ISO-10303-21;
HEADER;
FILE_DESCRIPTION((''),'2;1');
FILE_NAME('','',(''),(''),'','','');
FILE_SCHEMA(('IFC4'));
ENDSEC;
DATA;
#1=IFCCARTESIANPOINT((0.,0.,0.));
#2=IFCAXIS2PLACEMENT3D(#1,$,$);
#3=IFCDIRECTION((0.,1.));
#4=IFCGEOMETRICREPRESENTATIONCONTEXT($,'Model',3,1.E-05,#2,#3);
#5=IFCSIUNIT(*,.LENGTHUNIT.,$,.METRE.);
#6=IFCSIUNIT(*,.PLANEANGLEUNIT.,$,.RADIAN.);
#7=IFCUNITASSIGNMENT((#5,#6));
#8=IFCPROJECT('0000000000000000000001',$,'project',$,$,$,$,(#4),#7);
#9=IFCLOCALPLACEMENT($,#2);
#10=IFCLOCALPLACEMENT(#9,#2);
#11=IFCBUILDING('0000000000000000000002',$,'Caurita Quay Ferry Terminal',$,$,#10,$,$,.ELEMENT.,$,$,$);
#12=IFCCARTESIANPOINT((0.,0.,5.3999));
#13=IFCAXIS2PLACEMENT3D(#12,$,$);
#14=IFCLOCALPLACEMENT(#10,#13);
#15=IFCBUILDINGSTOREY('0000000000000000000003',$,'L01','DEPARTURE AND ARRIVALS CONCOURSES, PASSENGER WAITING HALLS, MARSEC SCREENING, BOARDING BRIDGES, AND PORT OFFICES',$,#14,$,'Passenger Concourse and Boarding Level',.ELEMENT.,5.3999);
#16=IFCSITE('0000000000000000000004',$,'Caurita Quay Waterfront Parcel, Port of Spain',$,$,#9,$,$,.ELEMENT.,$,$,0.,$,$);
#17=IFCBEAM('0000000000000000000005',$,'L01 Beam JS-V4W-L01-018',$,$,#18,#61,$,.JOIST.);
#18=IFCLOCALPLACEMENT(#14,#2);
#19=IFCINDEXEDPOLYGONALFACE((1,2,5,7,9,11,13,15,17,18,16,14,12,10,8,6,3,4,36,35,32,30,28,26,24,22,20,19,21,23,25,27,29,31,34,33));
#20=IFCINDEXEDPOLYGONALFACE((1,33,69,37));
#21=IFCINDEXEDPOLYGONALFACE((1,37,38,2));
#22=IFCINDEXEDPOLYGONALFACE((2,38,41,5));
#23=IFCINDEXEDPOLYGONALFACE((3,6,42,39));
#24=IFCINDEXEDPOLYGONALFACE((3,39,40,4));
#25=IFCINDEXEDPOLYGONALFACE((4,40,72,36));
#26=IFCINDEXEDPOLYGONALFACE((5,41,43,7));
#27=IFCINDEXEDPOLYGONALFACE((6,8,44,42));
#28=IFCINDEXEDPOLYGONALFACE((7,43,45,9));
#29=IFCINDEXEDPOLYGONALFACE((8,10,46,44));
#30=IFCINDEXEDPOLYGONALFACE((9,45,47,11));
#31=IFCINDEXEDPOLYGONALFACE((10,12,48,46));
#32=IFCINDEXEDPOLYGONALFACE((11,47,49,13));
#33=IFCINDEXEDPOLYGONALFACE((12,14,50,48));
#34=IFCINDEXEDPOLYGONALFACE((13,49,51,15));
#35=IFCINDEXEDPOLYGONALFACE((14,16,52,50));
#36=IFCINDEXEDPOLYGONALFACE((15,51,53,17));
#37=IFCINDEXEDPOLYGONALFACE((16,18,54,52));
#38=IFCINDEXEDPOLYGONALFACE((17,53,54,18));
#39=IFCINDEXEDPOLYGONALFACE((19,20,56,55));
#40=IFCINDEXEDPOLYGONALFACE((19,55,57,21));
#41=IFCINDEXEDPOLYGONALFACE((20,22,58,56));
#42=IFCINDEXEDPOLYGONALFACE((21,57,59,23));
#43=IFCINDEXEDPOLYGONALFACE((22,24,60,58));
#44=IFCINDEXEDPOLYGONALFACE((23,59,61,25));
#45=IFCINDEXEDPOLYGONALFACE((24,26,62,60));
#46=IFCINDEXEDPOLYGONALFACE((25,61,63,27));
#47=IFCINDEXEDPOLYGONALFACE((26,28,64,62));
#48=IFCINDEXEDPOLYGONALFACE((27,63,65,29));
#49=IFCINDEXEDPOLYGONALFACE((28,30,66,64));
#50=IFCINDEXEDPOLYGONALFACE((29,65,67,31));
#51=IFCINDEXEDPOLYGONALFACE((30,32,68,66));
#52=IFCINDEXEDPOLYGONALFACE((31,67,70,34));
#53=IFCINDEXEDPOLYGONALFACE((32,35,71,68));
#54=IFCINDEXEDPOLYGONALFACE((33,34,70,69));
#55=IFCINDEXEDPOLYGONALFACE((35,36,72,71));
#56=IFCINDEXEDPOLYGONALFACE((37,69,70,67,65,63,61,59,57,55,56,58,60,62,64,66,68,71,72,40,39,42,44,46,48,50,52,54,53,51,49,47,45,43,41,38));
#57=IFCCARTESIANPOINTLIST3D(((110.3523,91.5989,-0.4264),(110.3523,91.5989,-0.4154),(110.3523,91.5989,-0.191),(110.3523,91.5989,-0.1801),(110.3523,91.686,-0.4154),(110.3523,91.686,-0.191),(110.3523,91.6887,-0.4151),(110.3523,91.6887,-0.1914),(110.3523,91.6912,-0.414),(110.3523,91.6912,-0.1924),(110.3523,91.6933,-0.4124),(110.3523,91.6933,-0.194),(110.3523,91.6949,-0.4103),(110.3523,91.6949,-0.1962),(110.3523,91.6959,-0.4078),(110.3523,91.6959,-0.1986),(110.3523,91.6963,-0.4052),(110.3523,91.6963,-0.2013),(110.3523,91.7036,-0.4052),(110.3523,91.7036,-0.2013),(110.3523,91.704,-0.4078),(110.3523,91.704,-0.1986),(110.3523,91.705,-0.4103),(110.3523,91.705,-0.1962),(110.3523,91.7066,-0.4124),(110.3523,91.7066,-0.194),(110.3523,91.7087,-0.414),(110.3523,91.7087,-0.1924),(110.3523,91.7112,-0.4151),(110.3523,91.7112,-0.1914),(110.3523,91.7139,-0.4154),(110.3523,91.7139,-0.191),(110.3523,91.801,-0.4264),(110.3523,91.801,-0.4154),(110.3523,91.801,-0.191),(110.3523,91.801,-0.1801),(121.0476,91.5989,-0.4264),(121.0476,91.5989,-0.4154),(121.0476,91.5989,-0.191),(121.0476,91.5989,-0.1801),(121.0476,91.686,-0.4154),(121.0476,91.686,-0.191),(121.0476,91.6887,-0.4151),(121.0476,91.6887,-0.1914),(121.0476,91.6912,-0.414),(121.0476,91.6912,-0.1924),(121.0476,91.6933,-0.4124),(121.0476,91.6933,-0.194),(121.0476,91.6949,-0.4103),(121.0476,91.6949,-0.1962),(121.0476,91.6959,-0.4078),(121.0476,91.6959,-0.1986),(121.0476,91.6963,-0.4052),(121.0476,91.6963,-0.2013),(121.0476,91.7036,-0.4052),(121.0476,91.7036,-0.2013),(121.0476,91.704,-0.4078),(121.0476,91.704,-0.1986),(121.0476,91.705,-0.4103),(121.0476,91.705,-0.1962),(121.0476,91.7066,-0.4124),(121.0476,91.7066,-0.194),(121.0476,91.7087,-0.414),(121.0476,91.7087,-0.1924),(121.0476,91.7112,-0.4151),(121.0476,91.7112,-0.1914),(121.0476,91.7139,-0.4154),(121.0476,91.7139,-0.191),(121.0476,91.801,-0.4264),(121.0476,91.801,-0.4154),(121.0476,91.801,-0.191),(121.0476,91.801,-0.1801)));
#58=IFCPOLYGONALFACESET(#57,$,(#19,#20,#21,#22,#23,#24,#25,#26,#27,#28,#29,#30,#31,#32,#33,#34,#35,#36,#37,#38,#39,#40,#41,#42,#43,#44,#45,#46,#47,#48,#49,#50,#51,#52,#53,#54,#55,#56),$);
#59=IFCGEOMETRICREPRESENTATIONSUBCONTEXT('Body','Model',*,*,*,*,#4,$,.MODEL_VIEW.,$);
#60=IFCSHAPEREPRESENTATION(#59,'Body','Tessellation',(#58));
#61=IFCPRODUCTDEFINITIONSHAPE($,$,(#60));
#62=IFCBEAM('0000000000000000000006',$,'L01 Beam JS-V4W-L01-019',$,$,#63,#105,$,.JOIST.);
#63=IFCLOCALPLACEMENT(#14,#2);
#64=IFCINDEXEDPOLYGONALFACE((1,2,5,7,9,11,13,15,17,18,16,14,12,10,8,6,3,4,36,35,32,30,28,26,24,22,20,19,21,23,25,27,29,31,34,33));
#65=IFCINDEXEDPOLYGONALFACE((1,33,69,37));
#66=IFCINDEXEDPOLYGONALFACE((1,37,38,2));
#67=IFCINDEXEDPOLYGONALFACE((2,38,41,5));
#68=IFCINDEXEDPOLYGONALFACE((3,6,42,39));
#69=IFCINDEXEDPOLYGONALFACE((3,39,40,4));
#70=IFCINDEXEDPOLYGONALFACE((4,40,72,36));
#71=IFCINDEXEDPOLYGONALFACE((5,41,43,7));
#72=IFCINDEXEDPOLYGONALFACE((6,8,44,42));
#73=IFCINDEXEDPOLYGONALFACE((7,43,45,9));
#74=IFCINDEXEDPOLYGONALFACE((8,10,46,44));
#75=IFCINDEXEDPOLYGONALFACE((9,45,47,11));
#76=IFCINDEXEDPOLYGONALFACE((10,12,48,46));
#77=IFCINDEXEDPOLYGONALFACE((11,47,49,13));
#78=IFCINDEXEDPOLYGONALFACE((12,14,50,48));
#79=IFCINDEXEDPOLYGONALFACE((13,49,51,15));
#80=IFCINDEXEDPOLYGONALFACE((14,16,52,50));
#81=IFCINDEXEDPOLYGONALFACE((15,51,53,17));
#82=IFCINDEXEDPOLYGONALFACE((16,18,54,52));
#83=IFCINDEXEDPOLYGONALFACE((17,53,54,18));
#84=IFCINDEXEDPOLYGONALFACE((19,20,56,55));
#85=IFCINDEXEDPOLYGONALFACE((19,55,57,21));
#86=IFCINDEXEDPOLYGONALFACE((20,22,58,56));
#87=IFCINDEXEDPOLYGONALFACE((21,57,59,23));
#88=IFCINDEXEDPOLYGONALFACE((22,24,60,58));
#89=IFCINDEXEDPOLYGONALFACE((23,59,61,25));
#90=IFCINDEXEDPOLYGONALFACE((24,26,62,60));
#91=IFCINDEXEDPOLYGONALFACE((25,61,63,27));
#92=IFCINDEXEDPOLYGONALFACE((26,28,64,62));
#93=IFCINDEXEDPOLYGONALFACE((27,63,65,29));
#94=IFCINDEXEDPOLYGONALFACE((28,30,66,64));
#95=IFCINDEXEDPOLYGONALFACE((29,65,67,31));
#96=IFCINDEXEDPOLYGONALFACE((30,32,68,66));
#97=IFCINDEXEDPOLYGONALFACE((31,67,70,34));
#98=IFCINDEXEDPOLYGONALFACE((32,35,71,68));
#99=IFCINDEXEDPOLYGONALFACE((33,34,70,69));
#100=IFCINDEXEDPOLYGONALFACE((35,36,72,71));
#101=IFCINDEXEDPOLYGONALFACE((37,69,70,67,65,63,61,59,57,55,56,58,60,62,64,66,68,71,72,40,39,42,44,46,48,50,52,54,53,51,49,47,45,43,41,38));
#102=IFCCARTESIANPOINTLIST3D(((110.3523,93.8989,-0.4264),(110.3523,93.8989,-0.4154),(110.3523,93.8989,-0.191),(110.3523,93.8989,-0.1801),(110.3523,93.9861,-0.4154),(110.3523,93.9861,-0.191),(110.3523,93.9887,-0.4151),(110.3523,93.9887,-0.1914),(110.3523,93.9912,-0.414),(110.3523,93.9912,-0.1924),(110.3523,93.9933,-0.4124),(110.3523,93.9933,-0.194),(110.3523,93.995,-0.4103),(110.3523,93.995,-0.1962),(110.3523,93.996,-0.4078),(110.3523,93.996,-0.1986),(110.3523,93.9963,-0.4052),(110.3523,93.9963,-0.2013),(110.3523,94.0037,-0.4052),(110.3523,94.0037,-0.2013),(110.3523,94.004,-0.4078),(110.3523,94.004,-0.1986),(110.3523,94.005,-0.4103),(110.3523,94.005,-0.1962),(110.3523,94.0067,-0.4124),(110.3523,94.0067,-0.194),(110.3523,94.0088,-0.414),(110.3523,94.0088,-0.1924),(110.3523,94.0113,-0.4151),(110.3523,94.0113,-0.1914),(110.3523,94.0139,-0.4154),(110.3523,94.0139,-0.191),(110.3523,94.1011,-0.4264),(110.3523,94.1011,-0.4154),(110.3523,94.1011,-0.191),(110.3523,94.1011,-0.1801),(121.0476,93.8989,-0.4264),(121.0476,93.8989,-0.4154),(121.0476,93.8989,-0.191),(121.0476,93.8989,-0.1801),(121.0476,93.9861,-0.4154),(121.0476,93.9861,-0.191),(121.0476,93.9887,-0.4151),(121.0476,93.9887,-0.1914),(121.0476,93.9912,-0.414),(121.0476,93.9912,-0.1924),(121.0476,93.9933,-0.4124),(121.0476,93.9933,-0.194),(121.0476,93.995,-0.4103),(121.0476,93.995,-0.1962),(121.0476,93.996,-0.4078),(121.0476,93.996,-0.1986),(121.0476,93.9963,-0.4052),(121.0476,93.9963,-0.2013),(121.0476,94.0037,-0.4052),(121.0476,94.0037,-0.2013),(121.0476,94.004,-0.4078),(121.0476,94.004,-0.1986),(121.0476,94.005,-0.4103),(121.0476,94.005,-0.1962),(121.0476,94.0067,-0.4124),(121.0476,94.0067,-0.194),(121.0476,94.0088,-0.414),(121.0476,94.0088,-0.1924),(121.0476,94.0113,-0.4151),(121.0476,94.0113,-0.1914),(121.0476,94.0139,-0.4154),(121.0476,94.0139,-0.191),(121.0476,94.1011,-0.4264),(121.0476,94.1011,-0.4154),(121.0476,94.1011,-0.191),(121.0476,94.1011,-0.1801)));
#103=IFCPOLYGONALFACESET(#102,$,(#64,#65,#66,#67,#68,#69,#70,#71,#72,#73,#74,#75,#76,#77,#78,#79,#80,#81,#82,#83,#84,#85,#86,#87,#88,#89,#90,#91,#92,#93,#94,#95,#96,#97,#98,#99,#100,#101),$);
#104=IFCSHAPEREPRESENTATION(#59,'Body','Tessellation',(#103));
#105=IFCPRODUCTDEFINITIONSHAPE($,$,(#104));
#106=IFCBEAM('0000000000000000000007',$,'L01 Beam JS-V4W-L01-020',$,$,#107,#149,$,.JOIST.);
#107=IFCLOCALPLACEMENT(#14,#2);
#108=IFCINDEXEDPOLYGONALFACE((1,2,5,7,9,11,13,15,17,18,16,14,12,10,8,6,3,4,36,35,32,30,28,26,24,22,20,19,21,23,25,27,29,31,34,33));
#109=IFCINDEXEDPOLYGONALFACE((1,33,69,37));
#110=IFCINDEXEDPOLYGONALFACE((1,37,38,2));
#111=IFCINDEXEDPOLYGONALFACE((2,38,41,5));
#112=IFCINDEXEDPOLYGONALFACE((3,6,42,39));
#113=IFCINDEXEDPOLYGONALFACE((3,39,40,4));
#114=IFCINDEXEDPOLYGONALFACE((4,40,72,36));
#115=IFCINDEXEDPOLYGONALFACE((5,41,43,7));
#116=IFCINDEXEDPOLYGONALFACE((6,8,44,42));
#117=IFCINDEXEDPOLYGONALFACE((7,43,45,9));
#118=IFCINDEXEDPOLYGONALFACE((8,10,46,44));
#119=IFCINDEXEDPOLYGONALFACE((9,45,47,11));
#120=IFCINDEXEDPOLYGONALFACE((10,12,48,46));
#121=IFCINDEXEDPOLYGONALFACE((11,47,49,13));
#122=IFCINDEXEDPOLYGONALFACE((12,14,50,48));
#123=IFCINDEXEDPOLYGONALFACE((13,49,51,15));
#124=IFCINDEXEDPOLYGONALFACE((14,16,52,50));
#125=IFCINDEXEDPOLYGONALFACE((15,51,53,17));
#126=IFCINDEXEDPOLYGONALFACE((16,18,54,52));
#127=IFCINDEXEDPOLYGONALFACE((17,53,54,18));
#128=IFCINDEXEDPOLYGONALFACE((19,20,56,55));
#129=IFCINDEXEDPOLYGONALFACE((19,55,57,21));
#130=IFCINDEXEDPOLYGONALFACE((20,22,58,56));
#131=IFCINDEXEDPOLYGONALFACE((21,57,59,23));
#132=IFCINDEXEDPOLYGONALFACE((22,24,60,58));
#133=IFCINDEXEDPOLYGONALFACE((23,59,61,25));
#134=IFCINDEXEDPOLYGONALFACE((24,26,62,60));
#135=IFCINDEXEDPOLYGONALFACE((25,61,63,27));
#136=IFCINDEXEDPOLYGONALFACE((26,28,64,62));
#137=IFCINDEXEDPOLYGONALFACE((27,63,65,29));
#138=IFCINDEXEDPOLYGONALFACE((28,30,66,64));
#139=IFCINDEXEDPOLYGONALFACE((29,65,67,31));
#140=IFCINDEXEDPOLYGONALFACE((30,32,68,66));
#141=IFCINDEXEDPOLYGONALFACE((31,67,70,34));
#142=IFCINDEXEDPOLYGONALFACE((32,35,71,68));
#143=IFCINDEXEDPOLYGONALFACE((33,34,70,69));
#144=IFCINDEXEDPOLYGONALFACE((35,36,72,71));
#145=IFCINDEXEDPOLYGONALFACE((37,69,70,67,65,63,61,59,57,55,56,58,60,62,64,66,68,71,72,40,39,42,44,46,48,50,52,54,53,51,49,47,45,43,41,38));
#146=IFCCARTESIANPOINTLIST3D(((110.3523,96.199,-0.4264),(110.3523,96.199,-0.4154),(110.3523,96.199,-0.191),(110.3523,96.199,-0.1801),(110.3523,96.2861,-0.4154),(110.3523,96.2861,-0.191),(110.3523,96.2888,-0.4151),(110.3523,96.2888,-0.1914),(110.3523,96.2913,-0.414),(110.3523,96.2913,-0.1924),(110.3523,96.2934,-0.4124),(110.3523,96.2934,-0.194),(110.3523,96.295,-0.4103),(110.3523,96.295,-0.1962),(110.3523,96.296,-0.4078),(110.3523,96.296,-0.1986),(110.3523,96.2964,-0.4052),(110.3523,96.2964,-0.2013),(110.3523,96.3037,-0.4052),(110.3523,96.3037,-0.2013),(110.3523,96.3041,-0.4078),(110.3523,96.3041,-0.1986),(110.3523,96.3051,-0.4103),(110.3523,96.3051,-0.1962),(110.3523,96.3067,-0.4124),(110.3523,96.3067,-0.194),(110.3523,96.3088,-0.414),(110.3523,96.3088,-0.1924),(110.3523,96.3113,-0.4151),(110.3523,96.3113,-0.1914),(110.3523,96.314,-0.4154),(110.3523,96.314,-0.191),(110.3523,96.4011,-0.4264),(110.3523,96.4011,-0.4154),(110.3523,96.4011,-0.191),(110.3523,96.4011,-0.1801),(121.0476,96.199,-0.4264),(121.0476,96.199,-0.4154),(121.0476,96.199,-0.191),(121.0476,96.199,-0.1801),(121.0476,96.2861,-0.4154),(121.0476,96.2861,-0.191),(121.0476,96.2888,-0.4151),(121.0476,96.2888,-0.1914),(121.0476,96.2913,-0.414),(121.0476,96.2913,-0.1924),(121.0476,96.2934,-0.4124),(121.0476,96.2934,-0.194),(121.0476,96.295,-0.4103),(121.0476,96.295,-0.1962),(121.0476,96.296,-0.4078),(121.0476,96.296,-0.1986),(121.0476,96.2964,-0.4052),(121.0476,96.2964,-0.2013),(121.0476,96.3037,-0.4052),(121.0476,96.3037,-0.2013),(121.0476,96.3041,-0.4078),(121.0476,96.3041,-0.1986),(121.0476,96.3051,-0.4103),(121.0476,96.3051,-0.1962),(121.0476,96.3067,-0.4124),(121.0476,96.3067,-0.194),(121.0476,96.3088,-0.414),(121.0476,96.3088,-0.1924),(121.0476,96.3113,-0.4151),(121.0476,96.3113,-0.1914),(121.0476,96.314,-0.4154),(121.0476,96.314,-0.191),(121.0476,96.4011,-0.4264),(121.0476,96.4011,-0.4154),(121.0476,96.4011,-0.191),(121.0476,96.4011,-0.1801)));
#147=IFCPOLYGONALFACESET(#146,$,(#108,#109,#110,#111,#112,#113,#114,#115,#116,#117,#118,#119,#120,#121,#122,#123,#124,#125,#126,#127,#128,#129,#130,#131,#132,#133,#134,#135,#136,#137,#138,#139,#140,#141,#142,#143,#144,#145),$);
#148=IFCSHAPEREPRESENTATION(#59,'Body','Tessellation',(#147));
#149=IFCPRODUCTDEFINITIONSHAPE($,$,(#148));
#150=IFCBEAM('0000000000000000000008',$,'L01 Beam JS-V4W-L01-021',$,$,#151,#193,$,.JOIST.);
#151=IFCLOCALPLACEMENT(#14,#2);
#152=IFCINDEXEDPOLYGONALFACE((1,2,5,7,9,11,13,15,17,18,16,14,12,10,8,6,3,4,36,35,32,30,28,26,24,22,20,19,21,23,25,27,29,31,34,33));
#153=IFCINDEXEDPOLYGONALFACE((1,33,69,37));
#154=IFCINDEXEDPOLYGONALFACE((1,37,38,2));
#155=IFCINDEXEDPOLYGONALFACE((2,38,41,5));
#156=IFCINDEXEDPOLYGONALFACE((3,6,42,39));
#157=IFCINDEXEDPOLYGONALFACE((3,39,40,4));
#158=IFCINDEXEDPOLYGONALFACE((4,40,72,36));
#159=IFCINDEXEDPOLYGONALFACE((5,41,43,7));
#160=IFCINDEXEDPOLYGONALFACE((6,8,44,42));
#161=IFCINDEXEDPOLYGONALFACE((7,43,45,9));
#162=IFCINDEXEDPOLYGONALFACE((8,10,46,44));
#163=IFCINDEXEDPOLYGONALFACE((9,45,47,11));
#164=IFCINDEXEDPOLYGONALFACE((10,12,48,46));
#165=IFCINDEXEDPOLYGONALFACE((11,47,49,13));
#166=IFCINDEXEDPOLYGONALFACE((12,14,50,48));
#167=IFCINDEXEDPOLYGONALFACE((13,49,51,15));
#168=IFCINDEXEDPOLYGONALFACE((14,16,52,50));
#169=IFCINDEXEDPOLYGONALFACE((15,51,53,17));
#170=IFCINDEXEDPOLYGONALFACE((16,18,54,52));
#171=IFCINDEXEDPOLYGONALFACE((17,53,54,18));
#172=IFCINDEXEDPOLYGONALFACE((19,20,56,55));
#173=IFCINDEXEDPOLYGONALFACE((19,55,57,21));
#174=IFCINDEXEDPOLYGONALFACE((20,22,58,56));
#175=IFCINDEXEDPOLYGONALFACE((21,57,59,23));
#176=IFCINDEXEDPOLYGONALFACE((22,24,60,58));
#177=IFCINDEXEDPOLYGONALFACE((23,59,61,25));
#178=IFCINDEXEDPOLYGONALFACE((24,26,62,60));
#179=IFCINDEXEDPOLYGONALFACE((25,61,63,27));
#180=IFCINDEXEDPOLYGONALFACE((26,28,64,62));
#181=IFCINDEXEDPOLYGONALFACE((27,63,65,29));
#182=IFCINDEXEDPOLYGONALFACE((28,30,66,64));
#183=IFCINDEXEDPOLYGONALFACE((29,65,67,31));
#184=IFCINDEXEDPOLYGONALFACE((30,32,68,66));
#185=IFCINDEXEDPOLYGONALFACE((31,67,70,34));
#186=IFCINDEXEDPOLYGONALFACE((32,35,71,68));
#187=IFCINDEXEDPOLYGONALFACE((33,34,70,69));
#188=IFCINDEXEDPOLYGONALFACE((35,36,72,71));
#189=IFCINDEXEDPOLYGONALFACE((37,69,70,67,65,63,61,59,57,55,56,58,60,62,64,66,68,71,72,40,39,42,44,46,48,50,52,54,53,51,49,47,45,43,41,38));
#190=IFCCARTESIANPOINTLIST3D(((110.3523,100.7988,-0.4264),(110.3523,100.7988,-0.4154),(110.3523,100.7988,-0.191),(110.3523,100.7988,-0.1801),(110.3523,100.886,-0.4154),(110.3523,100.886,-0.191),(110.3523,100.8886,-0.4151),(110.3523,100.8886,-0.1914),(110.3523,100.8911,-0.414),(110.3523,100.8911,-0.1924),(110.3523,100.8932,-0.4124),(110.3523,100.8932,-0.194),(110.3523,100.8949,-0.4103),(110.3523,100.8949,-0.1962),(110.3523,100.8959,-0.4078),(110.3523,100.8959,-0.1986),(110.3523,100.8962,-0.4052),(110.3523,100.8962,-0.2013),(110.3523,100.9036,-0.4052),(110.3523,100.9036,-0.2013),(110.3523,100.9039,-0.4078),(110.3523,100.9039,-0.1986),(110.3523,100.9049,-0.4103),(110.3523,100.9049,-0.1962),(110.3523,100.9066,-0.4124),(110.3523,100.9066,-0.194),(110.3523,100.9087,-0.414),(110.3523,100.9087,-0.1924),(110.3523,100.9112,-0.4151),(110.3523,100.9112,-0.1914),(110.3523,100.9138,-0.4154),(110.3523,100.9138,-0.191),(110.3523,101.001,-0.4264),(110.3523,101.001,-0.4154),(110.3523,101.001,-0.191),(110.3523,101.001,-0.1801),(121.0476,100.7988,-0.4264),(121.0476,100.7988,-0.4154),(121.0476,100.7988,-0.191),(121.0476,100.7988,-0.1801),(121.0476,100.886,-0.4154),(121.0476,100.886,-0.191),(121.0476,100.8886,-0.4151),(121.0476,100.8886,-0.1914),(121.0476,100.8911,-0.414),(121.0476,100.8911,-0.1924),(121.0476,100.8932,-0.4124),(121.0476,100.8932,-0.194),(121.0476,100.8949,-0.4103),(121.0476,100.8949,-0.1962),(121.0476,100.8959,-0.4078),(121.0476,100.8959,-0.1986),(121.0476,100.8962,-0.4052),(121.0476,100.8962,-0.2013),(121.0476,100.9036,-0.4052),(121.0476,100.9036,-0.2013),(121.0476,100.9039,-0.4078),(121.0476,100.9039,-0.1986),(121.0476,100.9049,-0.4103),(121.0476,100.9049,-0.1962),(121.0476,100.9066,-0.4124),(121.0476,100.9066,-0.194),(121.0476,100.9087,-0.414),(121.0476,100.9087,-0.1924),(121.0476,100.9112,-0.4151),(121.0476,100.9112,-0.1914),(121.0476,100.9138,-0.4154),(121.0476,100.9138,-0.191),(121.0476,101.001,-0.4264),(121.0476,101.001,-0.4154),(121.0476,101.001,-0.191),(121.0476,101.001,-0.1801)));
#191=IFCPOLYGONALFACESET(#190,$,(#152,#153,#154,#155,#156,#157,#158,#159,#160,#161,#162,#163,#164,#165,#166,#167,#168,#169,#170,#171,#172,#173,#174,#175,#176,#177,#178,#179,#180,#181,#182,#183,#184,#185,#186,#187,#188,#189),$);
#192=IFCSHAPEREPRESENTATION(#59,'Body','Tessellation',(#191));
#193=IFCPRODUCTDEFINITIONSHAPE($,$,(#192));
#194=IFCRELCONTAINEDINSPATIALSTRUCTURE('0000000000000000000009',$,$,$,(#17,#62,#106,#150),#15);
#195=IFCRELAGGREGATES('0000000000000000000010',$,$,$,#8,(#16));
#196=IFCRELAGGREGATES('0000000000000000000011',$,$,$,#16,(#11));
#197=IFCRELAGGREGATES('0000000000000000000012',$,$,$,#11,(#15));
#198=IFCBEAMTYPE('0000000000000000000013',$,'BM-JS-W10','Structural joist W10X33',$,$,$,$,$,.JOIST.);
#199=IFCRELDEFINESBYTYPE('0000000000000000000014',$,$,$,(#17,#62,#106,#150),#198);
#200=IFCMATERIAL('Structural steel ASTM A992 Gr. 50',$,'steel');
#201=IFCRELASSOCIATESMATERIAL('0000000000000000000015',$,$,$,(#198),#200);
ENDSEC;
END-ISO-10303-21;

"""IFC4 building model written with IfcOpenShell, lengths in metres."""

from ifc_helpers import new_model, si_unit, direction, frame, origin, origin_2d, place, context, subcontext, project, spatial, i_section, extrude, material, material_profile, profile_set, type_object, element, save


model = new_model("IFC4")

# Units and contexts
model_context = context("Model", 3, precision=1e-05, world=origin(), true_north=direction((0.0, 1.0)))
body_context = subcontext(model_context, "Body", "Model", "MODEL_VIEW")
ifc_project = project(units=[si_unit("LENGTHUNIT", "METRE"), si_unit("PLANEANGLEUNIT", "RADIAN")], contexts=[model_context])

# Site, building, storey
site_placement = place(None, origin())
site = spatial("IfcSite", under=ifc_project, at=site_placement, Name="Caurita Quay Waterfront Parcel, Port of Spain", CompositionType="ELEMENT", RefElevation=0.0)
building_placement = place(site_placement, origin())
building = spatial("IfcBuilding", under=site, at=building_placement, Name="Caurita Quay Ferry Terminal", CompositionType="ELEMENT")
storey_placement = place(building_placement, frame((0.0, 0.0, 5.3999)))
storey = spatial("IfcBuildingStorey", under=building, at=storey_placement, Name="L01", Description="DEPARTURE AND ARRIVALS CONCOURSES, PASSENGER WAITING HALLS, MARSEC SCREENING, BOARDING BRIDGES, AND PORT OFFICES", LongName="Passenger Concourse and Boarding Level", CompositionType="ELEMENT", Elevation=5.3999)

# Beams
ifc_material_1 = material(Name="Structural steel ASTM A992 Gr. 50", Category="steel")
ifc_material_profile_1 = material_profile(ifc_material_1, i_section(OverallWidth=0.2021, OverallDepth=0.2463, WebThickness=0.0073, FlangeThickness=0.011, FilletRadius=0.0103, at=origin_2d()), Name="W10X33")
ifc_profile_set_1 = profile_set([ifc_material_profile_1], Name="Structural steel ASTM A992 Gr. 50")
beam_type_1 = type_object("IfcBeamType", Name="BM-JS-W10", Description="Structural joist W10X33", PredefinedType="JOIST", material=ifc_profile_set_1)
for number, where, z_axis, x_axis, name in (
    (1, (110.3523, 91.7, -0.3032), (1.0, 0.0, 0.0), (0.0, 1.0, 0.0), "L01 Beam JS-V4W-L01-018"),
    (2, (110.3523, 94.0, -0.3032), (1.0, 0.0, 0.0), (0.0, 1.0, 0.0), "L01 Beam JS-V4W-L01-019"),
    (3, (110.3523, 96.3, -0.3032), (1.0, 0.0, 0.0), (0.0, 1.0, 0.0), "L01 Beam JS-V4W-L01-020"),
    (4, (110.3523, 100.8999, -0.3032), (1.0, 0.0, 0.0), (0.0, 1.0, 0.0), "L01 Beam JS-V4W-L01-021"),
):
    element("IfcBeam", number, at=place(storey_placement, frame(where, z_axis=z_axis, x_axis=x_axis)), inside=storey, type_object=beam_type_1, Name=name, PredefinedType="JOIST", context=body_context, shape_type="SweptSolid", body=[
        extrude(i_section(OverallWidth=0.2021, OverallDepth=0.2463, WebThickness=0.0073, FlangeThickness=0.011, FilletRadius=0.0103, at=origin_2d()), origin(), (0.0, 0.0, 1.0), 10.6953),
    ])

save(model, "model.ifc")
